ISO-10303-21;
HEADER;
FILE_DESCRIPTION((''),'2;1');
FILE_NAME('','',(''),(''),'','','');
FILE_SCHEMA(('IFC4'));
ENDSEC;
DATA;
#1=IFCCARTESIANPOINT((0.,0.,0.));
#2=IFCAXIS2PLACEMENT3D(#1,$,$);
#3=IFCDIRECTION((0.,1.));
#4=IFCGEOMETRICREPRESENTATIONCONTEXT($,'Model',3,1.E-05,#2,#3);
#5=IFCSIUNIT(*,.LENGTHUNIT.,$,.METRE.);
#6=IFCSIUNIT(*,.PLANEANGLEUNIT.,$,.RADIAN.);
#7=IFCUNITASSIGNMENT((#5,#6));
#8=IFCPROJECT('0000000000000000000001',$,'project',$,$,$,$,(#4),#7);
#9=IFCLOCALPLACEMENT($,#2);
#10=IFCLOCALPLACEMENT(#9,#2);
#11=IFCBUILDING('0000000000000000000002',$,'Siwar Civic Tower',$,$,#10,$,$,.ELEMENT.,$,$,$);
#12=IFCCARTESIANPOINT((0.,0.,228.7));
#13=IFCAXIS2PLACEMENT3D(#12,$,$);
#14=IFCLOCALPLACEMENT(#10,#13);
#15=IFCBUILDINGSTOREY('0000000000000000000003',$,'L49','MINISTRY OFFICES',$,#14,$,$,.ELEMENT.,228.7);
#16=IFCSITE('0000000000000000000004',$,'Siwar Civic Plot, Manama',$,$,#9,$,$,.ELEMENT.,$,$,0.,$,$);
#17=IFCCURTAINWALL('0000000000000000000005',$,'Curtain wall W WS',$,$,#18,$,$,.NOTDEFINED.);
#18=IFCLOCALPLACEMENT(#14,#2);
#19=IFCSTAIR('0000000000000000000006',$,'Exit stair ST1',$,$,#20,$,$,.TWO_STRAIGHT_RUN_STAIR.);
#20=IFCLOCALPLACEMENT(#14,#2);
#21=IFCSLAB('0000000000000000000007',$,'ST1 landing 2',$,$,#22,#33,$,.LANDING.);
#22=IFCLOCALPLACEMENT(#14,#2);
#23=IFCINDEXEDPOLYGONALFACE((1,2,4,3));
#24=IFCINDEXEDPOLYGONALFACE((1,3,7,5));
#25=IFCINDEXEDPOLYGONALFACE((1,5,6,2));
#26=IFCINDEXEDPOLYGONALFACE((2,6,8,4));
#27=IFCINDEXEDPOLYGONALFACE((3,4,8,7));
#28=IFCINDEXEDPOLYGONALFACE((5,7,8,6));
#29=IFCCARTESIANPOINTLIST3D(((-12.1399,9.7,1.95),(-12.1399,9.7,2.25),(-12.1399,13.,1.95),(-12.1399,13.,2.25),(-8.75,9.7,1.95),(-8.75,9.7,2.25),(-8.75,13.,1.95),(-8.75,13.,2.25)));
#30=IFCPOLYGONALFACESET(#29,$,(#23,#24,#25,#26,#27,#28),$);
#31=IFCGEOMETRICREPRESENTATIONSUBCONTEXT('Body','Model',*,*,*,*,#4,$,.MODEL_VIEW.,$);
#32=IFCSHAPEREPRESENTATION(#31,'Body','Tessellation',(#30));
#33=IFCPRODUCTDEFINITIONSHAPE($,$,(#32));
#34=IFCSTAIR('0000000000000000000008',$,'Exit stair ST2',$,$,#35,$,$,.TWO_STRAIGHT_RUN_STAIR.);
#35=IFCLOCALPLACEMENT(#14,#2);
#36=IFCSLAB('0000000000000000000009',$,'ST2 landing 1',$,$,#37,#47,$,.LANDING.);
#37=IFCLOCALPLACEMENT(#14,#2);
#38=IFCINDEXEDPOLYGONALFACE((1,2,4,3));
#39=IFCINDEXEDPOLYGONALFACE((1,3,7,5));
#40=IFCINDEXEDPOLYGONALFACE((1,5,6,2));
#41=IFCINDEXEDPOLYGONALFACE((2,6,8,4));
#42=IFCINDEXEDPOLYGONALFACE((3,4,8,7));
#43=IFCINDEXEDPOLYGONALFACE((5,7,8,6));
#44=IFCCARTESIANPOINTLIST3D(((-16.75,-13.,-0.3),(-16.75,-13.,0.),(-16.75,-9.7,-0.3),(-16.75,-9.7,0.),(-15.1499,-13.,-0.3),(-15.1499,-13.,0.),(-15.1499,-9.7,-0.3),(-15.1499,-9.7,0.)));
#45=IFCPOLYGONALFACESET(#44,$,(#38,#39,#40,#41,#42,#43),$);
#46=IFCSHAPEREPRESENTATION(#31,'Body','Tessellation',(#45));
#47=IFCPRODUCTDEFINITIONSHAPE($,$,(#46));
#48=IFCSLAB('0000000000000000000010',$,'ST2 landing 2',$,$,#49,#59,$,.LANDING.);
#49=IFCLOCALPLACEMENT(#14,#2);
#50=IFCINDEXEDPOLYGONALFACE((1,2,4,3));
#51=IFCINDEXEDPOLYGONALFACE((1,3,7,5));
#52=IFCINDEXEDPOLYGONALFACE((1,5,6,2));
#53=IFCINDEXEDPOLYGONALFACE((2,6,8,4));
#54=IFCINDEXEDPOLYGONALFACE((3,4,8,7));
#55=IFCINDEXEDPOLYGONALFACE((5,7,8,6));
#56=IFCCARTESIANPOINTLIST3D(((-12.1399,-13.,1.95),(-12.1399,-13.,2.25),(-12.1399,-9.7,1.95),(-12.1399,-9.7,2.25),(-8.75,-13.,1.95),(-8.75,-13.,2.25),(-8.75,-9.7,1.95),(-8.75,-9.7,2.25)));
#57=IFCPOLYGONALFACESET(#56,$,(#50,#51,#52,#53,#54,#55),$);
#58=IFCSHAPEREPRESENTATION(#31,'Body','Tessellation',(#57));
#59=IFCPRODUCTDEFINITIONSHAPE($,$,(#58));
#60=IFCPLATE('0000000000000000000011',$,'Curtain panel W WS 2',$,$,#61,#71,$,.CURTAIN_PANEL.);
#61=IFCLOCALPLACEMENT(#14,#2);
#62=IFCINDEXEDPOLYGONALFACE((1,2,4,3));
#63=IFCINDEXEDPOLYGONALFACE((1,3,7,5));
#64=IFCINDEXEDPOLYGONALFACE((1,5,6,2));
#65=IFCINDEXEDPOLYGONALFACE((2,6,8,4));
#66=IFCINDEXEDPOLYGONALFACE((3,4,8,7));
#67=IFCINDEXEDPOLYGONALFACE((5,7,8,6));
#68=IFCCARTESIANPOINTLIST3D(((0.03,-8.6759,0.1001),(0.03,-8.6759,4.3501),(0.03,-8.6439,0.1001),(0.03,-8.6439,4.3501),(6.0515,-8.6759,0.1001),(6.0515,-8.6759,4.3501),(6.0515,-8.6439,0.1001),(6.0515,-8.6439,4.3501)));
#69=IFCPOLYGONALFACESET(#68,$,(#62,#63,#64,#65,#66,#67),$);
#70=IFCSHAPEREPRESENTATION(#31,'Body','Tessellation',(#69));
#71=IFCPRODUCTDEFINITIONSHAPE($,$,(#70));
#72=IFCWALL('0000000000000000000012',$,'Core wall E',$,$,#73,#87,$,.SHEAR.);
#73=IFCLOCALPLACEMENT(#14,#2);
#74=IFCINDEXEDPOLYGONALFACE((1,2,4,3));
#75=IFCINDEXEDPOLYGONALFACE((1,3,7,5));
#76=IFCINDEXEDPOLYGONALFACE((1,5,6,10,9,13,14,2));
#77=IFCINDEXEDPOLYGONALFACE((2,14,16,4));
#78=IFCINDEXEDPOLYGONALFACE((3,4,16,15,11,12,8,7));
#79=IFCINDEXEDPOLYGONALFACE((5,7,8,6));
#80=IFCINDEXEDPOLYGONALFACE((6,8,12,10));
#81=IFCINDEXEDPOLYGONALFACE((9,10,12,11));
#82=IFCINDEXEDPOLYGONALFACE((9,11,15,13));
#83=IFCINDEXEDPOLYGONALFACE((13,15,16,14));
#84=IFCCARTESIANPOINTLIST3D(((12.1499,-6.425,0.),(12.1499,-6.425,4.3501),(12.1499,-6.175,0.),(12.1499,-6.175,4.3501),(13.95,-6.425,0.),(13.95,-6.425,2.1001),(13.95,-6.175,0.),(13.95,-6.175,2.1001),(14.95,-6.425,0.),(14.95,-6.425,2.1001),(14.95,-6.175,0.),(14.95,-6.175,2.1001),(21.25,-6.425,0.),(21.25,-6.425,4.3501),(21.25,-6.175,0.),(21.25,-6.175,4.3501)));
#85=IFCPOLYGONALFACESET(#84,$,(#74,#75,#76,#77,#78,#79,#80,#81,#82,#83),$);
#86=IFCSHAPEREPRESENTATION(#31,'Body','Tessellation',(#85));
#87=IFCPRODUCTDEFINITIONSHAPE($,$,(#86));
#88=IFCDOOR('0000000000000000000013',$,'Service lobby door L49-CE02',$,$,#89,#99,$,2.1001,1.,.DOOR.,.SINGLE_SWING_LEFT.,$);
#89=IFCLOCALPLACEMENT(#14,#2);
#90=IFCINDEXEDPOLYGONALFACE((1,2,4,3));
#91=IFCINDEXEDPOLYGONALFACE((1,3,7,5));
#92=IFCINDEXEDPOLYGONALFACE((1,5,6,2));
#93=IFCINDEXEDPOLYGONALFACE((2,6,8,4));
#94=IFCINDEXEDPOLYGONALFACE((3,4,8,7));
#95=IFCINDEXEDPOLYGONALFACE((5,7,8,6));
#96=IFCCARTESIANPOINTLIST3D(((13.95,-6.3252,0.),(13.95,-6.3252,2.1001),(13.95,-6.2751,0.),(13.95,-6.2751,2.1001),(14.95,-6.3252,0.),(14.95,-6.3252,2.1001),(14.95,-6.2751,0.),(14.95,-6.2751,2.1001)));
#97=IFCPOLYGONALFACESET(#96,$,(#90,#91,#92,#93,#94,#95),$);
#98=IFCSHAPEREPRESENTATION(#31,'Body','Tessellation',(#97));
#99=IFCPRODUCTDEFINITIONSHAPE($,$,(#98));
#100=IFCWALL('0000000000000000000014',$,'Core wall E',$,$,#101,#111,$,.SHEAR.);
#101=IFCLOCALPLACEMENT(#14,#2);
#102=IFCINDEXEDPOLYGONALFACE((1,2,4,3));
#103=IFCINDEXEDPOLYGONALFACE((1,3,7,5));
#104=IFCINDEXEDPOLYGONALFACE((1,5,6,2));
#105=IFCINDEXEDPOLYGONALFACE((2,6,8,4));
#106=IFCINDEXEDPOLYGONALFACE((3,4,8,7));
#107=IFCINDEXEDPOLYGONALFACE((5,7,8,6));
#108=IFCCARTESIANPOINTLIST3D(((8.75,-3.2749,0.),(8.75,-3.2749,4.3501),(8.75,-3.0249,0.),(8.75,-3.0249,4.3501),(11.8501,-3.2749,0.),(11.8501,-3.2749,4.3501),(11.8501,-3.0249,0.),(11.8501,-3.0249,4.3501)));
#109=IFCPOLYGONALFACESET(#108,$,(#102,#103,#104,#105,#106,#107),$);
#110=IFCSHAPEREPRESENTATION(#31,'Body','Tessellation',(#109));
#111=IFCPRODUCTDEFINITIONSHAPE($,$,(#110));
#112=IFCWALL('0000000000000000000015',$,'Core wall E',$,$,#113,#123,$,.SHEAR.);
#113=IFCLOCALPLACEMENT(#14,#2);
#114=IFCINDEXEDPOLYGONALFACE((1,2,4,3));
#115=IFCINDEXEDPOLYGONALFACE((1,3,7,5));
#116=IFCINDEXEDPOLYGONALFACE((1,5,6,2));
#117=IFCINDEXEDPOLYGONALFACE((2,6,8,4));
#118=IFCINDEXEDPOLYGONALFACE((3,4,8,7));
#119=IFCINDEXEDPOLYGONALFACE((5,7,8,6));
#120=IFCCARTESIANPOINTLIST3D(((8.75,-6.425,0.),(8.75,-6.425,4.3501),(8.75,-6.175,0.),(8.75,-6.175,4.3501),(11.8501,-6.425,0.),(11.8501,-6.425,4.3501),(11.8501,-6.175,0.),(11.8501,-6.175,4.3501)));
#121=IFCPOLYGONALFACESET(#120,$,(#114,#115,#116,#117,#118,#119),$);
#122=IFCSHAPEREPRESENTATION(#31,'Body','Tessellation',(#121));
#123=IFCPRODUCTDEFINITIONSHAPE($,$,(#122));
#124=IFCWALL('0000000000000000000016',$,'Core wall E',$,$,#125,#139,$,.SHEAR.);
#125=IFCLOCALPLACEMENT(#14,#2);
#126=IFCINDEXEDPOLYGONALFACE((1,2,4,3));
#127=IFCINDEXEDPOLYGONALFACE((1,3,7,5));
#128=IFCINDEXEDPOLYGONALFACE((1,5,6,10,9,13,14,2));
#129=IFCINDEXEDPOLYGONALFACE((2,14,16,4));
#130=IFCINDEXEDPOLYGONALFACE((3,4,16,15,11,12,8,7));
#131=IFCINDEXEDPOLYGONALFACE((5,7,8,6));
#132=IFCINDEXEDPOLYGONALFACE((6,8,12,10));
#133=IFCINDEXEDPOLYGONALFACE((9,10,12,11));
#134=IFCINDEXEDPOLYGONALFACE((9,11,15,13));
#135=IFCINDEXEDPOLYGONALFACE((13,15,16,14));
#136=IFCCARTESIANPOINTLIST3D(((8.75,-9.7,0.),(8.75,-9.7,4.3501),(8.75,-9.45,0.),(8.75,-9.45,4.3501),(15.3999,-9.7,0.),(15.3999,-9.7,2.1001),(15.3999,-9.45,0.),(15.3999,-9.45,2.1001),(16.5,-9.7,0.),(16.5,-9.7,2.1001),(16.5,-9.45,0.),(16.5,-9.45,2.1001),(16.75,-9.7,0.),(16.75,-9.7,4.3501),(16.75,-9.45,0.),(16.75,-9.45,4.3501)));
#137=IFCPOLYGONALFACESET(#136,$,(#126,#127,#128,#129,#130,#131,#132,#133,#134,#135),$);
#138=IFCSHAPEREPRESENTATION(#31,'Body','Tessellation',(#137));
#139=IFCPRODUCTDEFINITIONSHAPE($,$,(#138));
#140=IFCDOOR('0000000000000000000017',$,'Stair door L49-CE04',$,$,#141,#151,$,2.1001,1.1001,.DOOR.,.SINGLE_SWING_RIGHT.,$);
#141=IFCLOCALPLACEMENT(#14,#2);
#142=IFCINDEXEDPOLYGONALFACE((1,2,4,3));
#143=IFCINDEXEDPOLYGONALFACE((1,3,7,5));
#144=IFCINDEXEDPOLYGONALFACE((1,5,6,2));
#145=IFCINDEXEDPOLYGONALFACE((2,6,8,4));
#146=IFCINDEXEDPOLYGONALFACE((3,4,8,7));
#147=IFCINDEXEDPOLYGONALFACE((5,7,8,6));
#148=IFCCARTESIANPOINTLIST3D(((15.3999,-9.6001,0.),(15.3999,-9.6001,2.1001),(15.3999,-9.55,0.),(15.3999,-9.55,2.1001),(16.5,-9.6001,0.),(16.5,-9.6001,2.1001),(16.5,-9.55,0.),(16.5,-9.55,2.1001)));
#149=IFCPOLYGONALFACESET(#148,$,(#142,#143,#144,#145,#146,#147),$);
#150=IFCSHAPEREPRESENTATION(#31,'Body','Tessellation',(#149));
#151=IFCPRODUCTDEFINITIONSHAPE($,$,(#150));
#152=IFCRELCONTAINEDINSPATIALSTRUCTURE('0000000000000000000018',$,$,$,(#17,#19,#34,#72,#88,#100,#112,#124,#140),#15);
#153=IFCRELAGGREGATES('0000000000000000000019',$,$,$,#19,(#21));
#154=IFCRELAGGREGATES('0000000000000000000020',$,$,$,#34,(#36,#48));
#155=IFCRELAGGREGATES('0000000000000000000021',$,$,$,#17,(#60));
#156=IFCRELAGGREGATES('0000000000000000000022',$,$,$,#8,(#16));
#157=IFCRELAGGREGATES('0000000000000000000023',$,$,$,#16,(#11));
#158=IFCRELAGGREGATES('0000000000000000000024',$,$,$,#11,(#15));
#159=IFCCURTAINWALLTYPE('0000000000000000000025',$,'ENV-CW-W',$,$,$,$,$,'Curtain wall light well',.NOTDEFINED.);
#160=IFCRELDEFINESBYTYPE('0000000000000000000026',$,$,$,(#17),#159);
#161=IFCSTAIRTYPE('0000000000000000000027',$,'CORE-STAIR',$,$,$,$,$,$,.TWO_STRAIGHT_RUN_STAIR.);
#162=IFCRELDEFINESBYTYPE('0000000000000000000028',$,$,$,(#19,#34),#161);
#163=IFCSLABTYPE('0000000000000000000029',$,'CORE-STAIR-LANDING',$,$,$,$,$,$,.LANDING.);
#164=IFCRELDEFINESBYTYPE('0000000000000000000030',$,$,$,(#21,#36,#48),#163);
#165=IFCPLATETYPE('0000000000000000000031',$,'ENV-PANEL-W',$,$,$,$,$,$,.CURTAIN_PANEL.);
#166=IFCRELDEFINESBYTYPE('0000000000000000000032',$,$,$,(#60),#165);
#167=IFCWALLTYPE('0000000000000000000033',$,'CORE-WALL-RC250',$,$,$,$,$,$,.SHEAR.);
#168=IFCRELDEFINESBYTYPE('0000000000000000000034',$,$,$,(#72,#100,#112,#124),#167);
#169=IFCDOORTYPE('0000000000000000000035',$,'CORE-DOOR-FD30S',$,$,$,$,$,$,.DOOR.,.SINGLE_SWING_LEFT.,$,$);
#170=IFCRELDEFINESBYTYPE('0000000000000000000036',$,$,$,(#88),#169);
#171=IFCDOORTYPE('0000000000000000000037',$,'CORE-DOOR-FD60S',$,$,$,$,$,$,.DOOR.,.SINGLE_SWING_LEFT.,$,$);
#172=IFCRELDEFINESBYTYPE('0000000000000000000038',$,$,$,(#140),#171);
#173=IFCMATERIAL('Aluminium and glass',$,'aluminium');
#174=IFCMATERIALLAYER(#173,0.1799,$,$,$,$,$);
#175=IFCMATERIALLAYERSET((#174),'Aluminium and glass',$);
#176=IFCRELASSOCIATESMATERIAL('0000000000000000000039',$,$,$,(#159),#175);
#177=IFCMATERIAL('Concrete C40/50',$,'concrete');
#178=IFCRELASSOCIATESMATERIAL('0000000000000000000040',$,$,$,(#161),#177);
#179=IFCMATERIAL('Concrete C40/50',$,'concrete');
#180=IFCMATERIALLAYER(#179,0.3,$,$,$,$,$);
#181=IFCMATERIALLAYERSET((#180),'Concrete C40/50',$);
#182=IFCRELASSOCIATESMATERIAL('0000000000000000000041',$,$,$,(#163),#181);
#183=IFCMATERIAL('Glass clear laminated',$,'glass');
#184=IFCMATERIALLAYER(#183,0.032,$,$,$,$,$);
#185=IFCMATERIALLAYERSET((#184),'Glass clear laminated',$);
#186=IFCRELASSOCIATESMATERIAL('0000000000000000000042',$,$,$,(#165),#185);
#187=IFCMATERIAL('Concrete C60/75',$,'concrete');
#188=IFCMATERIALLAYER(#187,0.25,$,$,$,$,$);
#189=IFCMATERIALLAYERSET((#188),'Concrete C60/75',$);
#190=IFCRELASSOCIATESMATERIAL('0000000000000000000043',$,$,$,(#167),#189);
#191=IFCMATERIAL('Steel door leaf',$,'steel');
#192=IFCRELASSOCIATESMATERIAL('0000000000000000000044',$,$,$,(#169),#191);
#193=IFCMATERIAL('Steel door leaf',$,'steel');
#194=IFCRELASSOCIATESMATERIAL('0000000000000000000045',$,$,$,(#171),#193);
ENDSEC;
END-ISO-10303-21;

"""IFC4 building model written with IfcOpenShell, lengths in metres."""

from ifc_helpers import new_model, si_unit, direction, frame, frame_2d, origin, origin_2d, place, context, subcontext, project, spatial, polyline, rectangle, outline, extrude, material, layer, layer_set, type_object, element, fill, aggregate, save


model = new_model("IFC4")

# Units and contexts
model_context = context("Model", 3, precision=1e-05, world=origin(), true_north=direction((0.0, 1.0)))
body_context = subcontext(model_context, "Body", "Model", "MODEL_VIEW")
ifc_project = project(units=[si_unit("LENGTHUNIT", "METRE"), si_unit("PLANEANGLEUNIT", "RADIAN")], contexts=[model_context])

# Site, building, storey
site_placement = place(None, origin())
site = spatial("IfcSite", under=ifc_project, at=site_placement, Name="Siwar Civic Plot, Manama", CompositionType="ELEMENT", RefElevation=0.0)
building_placement = place(site_placement, origin())
building = spatial("IfcBuilding", under=site, at=building_placement, Name="Siwar Civic Tower", CompositionType="ELEMENT")
storey_placement = place(building_placement, frame((0.0, 0.0, 228.7)))
storey = spatial("IfcBuildingStorey", under=building, at=storey_placement, Name="L49", Description="MINISTRY OFFICES", CompositionType="ELEMENT", Elevation=228.7)

# Curtain wall
ifc_material_1 = material(Name="Aluminium and glass", Category="aluminium")
ifc_layer_1 = layer(ifc_material_1, 0.1799)
ifc_layer_set_1 = layer_set([ifc_layer_1], Name="Aluminium and glass")
curtain_wall_type = type_object("IfcCurtainWallType", Name="ENV-CW-W", ElementType="Curtain wall light well", PredefinedType="NOTDEFINED", material=ifc_layer_set_1)
curtain_wall_placement = place(storey_placement, origin())
curtain_wall = element("IfcCurtainWall", 1, at=curtain_wall_placement, inside=storey, type_object=curtain_wall_type, Name="Curtain wall W WS", PredefinedType="NOTDEFINED")

# Stairs, slabs
ifc_material_2 = material(Name="Concrete C40/50", Category="concrete")
stair_type = type_object("IfcStairType", Name="CORE-STAIR", PredefinedType="TWO_STRAIGHT_RUN_STAIR", material=ifc_material_2)
stair_1_placement = place(storey_placement, origin())
stair_1 = element("IfcStair", 2, at=stair_1_placement, inside=storey, type_object=stair_type, Name="Exit stair ST1", PredefinedType="TWO_STRAIGHT_RUN_STAIR")
ifc_material_3 = material(Name="Concrete C40/50", Category="concrete")
ifc_layer_2 = layer(ifc_material_3, 0.3)
ifc_layer_set_2 = layer_set([ifc_layer_2], Name="Concrete C40/50")
slab_type = type_object("IfcSlabType", Name="CORE-STAIR-LANDING", PredefinedType="LANDING", material=ifc_layer_set_2)
slab_1_placement = place(storey_placement, frame((0.0, 0.0, 1.95)))
slab_1 = element("IfcSlab", 3, at=slab_1_placement, type_object=slab_type, Name="ST1 landing 2", PredefinedType="LANDING", context=body_context, shape_type="SweptSolid", body=[
    extrude(outline(polyline([(-8.75, 13.0), (-12.1399, 13.0), (-12.1399, 9.7), (-8.75, 9.7), (-8.75, 13.0)])), origin(), (0.0, 0.0, 1.0), 0.3),
])
aggregate(stair_1, [slab_1])
stair_2_placement = place(storey_placement, origin())
stair_2 = element("IfcStair", 4, at=stair_2_placement, inside=storey, type_object=stair_type, Name="Exit stair ST2", PredefinedType="TWO_STRAIGHT_RUN_STAIR")
slab_2_placement = place(storey_placement, frame((0.0, 0.0, -0.3)))
slab_2 = element("IfcSlab", 5, at=slab_2_placement, type_object=slab_type, Name="ST2 landing 1", PredefinedType="LANDING", context=body_context, shape_type="SweptSolid", body=[
    extrude(outline(polyline([(-15.1499, -9.7), (-16.75, -9.7), (-16.75, -13.0), (-15.1499, -13.0), (-15.1499, -9.7)])), origin(), (0.0, 0.0, 1.0), 0.3),
])
slab_3_placement = place(storey_placement, frame((0.0, 0.0, 1.95)))
slab_3 = element("IfcSlab", 6, at=slab_3_placement, type_object=slab_type, Name="ST2 landing 2", PredefinedType="LANDING", context=body_context, shape_type="SweptSolid", body=[
    extrude(outline(polyline([(-8.75, -9.7), (-12.1399, -9.7), (-12.1399, -13.0), (-8.75, -13.0), (-8.75, -9.7)])), origin(), (0.0, 0.0, 1.0), 0.3),
])
aggregate(stair_2, [slab_2, slab_3])

# Plate
ifc_material_4 = material(Name="Glass clear laminated", Category="glass")
ifc_layer_3 = layer(ifc_material_4, 0.032)
ifc_layer_set_3 = layer_set([ifc_layer_3], Name="Glass clear laminated")
plate_type = type_object("IfcPlateType", Name="ENV-PANEL-W", PredefinedType="CURTAIN_PANEL", material=ifc_layer_set_3)
plate_placement = place(storey_placement, frame((3.0408, -8.6599, 0.1001), z_axis=(0.0, 0.0, 1.0), x_axis=(1.0, 0.0, 0.0)))
plate = element("IfcPlate", 7, at=plate_placement, type_object=plate_type, Name="Curtain panel W WS 2", PredefinedType="CURTAIN_PANEL", context=body_context, shape_type="SweptSolid", body=[
    extrude(rectangle(XDim=6.0215, YDim=0.032, at=origin_2d()), origin(), (0.0, 0.0, 1.0), 4.25),
])
aggregate(curtain_wall, [plate])

# Wall, opening, door
ifc_material_5 = material(Name="Concrete C60/75", Category="concrete")
ifc_layer_4 = layer(ifc_material_5, 0.25)
ifc_layer_set_4 = layer_set([ifc_layer_4], Name="Concrete C60/75")
wall_type_1 = type_object("IfcWallType", Name="CORE-WALL-RC250", PredefinedType="SHEAR", material=ifc_layer_set_4)
wall_1_placement = place(storey_placement, frame((12.1499, -6.3, 0.0), z_axis=(0.0, 0.0, 1.0), x_axis=(1.0, 0.0, 0.0)))
wall_1 = element("IfcWall", 8, at=wall_1_placement, inside=storey, type_object=wall_type_1, Name="Core wall E", PredefinedType="SHEAR", context=body_context, shape_type="SweptSolid", body=[
    extrude(rectangle(XDim=9.1001, YDim=0.25, at=frame_2d((4.55, 0.0))), origin(), (0.0, 0.0, 1.0), 4.3501),
])
opening_1_placement = place(wall_1_placement, frame((1.8, 0.0, 0.0)))
opening_1 = element("IfcOpeningElement", 9, at=opening_1_placement, cuts=wall_1, PredefinedType="OPENING", context=body_context, shape_type="SweptSolid", body=[
    extrude(rectangle(XDim=1.0, YDim=2.1001, at=frame_2d((0.5, 1.05))), frame((0.0, 0.135, 0.0), z_axis=(0.0, -1.0, 0.0), x_axis=(1.0, 0.0, 0.0)), (0.0, 0.0, 1.0), 0.27),
])
ifc_material_6 = material(Name="Steel door leaf", Category="steel")
door_type_1 = type_object("IfcDoorType", Name="CORE-DOOR-FD30S", OperationType="SINGLE_SWING_LEFT", PredefinedType="DOOR", material=ifc_material_6)
door_1_placement = place(opening_1_placement, origin())
door_1 = element("IfcDoor", 10, at=door_1_placement, inside=storey, type_object=door_type_1, Name="Service lobby door L49-CE02", OperationType="SINGLE_SWING_LEFT", OverallHeight=2.1001, OverallWidth=1.0, PredefinedType="DOOR", context=body_context, shape_type="SweptSolid", body=[
    extrude(rectangle(XDim=1.0, YDim=2.1001, at=frame_2d((0.5, 1.05))), frame((0.0, 0.0249, 0.0), z_axis=(0.0, -1.0, 0.0), x_axis=(1.0, 0.0, 0.0)), (0.0, 0.0, 1.0), 0.05),
])
fill(opening_1, door_1)

# Walls
for number, where, z_axis, x_axis, name in (
    (11, (8.75, -3.1499, 0.0), (0.0, 0.0, 1.0), (1.0, 0.0, 0.0), "Core wall E"),
    (12, (8.75, -6.3, 0.0), (0.0, 0.0, 1.0), (1.0, 0.0, 0.0), "Core wall E"),
):
    element("IfcWall", number, at=place(storey_placement, frame(where, z_axis=z_axis, x_axis=x_axis)), inside=storey, type_object=wall_type_1, Name=name, PredefinedType="SHEAR", context=body_context, shape_type="SweptSolid", body=[
        extrude(rectangle(XDim=3.1001, YDim=0.25, at=frame_2d((1.55, 0.0))), origin(), (0.0, 0.0, 1.0), 4.3501),
    ])

# Wall, opening, door
wall_2_placement = place(storey_placement, frame((8.75, -9.575, 0.0), z_axis=(0.0, 0.0, 1.0), x_axis=(1.0, 0.0, 0.0)))
wall_2 = element("IfcWall", 13, at=wall_2_placement, inside=storey, type_object=wall_type_1, Name="Core wall E", PredefinedType="SHEAR", context=body_context, shape_type="SweptSolid", body=[
    extrude(rectangle(XDim=8.0, YDim=0.25, at=frame_2d((4.0, 0.0))), origin(), (0.0, 0.0, 1.0), 4.3501),
])
opening_2_placement = place(wall_2_placement, frame((6.6499, 0.0, 0.0)))
opening_2 = element("IfcOpeningElement", 14, at=opening_2_placement, cuts=wall_2, PredefinedType="OPENING", context=body_context, shape_type="SweptSolid", body=[
    extrude(rectangle(XDim=1.1001, YDim=2.1001, at=frame_2d((0.55, 1.05))), frame((0.0, 0.135, 0.0), z_axis=(0.0, -1.0, 0.0), x_axis=(1.0, 0.0, 0.0)), (0.0, 0.0, 1.0), 0.27),
])
ifc_material_7 = material(Name="Steel door leaf", Category="steel")
door_type_2 = type_object("IfcDoorType", Name="CORE-DOOR-FD60S", OperationType="SINGLE_SWING_LEFT", PredefinedType="DOOR", material=ifc_material_7)
door_2_placement = place(opening_2_placement, origin())
door_2 = element("IfcDoor", 15, at=door_2_placement, inside=storey, type_object=door_type_2, Name="Stair door L49-CE04", OperationType="SINGLE_SWING_RIGHT", OverallHeight=2.1001, OverallWidth=1.1001, PredefinedType="DOOR", context=body_context, shape_type="SweptSolid", body=[
    extrude(rectangle(XDim=1.1001, YDim=2.1001, at=frame_2d((0.55, 1.05))), frame((0.0, 0.0249, 0.0), z_axis=(0.0, -1.0, 0.0), x_axis=(1.0, 0.0, 0.0)), (0.0, 0.0, 1.0), 0.05),
])
fill(opening_2, door_2)

save(model, "model.ifc")
